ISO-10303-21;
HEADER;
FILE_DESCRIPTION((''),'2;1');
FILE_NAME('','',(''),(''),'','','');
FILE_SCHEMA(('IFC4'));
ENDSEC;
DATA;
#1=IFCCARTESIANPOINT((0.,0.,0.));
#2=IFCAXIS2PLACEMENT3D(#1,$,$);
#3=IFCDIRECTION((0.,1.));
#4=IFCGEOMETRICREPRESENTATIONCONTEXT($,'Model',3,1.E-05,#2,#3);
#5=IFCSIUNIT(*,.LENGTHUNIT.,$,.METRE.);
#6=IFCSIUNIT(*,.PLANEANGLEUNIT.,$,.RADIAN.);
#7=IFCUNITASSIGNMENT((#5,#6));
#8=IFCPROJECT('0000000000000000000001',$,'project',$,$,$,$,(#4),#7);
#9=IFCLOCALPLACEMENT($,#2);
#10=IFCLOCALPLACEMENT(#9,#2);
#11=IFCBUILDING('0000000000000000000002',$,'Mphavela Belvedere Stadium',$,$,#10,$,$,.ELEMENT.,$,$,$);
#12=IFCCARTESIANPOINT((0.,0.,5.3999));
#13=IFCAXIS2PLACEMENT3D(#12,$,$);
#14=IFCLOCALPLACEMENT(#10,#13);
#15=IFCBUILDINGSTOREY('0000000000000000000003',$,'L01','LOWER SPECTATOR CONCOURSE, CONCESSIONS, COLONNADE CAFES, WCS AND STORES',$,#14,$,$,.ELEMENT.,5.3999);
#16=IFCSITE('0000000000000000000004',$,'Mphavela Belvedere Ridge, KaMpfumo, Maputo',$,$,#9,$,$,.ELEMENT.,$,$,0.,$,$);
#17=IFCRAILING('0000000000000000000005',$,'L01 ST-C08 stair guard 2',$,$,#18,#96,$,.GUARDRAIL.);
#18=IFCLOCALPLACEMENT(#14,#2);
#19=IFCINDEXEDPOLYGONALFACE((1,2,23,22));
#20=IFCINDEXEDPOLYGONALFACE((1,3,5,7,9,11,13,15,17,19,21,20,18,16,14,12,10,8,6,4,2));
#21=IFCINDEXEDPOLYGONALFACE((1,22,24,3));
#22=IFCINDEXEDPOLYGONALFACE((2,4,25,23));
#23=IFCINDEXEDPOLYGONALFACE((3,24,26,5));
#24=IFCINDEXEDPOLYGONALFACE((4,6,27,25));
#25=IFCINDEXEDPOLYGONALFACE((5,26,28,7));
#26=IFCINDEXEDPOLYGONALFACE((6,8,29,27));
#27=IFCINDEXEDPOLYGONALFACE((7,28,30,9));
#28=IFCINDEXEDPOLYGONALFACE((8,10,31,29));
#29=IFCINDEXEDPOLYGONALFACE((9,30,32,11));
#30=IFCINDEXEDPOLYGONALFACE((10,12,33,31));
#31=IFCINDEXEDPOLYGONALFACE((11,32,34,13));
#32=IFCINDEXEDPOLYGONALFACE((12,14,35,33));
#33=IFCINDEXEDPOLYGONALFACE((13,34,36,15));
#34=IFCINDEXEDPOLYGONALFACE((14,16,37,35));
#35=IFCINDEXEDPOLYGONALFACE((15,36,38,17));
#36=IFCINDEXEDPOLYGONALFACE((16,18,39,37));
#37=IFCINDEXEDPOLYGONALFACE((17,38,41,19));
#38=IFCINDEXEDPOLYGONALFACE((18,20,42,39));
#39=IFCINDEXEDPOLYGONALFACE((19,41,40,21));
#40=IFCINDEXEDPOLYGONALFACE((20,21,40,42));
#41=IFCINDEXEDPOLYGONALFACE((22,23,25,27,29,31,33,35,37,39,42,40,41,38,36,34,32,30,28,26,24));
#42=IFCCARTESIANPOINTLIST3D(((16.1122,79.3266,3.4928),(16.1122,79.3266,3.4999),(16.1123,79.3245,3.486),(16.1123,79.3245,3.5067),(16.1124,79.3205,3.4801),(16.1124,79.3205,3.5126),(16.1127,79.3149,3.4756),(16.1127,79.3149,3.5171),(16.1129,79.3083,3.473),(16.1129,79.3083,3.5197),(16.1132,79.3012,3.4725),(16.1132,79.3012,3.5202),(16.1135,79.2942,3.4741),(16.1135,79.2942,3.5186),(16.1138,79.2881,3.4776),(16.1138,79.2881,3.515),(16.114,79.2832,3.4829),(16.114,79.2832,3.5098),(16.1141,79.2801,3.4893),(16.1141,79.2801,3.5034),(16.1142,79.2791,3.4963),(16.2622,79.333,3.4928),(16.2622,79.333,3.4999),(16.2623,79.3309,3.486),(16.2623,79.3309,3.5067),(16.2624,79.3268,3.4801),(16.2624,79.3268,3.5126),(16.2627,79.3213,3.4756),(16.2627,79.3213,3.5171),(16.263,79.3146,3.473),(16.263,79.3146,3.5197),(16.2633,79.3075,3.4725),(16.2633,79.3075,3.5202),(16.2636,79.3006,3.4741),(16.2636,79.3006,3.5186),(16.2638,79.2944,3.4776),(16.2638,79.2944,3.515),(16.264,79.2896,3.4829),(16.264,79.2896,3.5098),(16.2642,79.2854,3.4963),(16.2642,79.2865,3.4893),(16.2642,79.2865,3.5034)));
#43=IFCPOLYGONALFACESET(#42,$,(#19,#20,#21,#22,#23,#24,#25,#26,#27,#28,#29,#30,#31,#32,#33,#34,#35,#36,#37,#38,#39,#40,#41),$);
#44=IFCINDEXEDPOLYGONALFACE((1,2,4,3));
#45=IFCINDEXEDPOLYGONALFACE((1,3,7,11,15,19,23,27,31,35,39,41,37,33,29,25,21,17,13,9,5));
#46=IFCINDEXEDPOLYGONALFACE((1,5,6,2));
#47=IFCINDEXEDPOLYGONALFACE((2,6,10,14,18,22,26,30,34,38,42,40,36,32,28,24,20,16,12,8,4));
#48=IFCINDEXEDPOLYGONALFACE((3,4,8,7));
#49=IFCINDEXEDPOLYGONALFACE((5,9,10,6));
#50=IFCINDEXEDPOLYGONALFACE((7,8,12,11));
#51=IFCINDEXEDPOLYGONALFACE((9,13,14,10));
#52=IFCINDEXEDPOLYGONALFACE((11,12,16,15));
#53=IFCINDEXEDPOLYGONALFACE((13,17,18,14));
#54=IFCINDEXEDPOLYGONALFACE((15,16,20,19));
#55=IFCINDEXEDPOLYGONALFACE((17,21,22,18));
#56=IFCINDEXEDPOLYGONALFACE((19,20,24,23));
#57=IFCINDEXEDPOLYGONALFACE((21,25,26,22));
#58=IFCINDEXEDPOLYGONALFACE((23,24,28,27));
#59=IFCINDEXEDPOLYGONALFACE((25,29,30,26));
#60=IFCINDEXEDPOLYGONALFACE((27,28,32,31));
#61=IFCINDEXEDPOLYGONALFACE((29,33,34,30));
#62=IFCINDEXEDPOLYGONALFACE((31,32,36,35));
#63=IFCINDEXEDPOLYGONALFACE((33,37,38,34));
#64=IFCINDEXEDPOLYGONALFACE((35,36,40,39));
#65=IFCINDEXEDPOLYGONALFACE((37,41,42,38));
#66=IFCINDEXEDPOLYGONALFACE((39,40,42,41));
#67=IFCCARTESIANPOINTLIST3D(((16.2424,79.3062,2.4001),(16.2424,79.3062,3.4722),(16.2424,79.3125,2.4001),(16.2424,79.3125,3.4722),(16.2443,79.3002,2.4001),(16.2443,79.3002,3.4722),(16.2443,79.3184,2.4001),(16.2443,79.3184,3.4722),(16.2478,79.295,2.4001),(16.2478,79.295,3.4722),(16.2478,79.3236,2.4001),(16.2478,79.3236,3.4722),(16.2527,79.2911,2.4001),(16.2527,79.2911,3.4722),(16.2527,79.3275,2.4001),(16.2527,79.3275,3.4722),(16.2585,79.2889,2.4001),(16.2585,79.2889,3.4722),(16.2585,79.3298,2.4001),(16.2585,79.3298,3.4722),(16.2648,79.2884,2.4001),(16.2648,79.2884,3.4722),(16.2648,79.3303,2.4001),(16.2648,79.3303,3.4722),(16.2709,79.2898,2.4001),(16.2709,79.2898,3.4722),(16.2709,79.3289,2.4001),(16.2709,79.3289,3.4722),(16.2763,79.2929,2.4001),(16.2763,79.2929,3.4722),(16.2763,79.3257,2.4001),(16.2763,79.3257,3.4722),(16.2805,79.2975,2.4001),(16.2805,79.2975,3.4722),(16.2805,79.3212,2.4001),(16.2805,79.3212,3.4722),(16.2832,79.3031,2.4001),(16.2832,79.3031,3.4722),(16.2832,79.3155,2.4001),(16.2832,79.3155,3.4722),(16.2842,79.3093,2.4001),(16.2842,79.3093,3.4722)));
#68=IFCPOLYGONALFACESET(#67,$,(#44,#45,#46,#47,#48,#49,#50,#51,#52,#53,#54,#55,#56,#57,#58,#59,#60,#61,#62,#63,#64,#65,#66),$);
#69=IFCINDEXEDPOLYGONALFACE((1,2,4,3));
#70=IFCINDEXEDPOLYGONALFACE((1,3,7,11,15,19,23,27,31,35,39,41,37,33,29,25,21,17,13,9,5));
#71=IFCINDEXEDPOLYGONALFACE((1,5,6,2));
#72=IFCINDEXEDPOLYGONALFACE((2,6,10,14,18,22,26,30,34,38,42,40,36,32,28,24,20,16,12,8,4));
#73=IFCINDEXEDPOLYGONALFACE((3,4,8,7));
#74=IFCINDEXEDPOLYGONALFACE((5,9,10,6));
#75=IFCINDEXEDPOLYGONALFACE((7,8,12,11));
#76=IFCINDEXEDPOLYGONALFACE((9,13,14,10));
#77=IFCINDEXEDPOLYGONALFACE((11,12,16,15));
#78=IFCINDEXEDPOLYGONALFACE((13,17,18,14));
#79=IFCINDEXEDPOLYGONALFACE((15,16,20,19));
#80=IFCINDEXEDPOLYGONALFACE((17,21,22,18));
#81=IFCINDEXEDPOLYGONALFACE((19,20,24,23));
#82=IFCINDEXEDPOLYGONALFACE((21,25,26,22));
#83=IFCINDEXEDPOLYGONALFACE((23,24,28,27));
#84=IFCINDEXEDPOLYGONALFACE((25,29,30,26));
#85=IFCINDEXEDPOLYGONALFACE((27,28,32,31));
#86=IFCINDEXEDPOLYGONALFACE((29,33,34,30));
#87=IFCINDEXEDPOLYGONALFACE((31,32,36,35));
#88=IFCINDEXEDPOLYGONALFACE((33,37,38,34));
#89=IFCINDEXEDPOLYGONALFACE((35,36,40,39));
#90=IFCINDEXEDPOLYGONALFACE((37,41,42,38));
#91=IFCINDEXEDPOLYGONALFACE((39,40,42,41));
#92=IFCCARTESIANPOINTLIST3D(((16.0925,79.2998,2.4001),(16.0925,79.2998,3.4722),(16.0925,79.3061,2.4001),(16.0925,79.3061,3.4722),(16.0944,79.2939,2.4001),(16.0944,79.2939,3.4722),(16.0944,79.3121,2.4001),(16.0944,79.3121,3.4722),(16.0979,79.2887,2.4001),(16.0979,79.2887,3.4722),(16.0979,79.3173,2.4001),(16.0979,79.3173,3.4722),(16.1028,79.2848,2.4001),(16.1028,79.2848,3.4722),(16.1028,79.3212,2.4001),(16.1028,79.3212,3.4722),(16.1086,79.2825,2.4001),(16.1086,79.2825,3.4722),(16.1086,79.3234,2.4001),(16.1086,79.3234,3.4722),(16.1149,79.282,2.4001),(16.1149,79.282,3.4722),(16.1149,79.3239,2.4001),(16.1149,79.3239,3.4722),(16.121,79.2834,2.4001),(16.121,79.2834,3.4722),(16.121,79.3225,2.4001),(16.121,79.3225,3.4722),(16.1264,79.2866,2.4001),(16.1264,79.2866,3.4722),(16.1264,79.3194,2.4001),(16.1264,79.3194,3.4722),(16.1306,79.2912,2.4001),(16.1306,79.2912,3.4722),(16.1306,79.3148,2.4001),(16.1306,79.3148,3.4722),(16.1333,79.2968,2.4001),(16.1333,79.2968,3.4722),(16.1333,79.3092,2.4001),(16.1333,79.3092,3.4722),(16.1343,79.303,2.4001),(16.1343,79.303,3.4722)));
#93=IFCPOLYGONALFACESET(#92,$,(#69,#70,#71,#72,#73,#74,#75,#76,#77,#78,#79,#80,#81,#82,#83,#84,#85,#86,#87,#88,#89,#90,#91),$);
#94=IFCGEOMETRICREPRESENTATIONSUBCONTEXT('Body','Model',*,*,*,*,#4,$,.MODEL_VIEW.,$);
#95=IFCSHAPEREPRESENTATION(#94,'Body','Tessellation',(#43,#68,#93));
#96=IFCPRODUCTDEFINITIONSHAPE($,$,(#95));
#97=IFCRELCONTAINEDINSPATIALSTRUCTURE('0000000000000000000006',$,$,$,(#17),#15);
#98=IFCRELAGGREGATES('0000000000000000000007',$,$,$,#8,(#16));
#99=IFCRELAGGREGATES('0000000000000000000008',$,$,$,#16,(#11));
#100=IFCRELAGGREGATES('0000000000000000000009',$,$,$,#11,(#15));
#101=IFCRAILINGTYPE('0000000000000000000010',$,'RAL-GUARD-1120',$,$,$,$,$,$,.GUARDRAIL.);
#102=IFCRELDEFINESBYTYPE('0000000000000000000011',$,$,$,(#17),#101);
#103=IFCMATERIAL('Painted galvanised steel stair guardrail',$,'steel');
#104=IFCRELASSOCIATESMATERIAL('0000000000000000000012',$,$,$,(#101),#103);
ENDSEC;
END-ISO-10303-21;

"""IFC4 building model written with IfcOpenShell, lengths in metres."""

from ifc_helpers import new_model, si_unit, direction, frame, origin, origin_2d, place, context, subcontext, project, spatial, circle, extrude, material, type_object, element, save


model = new_model("IFC4")

# Units and contexts
model_context = context("Model", 3, precision=1e-05, world=origin(), true_north=direction((0.0, 1.0)))
body_context = subcontext(model_context, "Body", "Model", "MODEL_VIEW")
ifc_project = project(units=[si_unit("LENGTHUNIT", "METRE"), si_unit("PLANEANGLEUNIT", "RADIAN")], contexts=[model_context])

# Site, building, storey
site_placement = place(None, origin())
site = spatial("IfcSite", under=ifc_project, at=site_placement, Name="Mphavela Belvedere Ridge, KaMpfumo, Maputo", CompositionType="ELEMENT", RefElevation=0.0)
building_placement = place(site_placement, origin())
building = spatial("IfcBuilding", under=site, at=building_placement, Name="Mphavela Belvedere Stadium", CompositionType="ELEMENT")
storey_placement = place(building_placement, frame((0.0, 0.0, 5.3999)))
storey = spatial("IfcBuildingStorey", under=building, at=storey_placement, Name="L01", Description="LOWER SPECTATOR CONCOURSE, CONCESSIONS, COLONNADE CAFES, WCS AND STORES", CompositionType="ELEMENT", Elevation=5.3999)

# Railing
ifc_material_1 = material(Name="Painted galvanised steel stair guardrail", Category="steel")
railing_type_1 = type_object("IfcRailingType", Name="RAL-GUARD-1120", PredefinedType="GUARDRAIL", material=ifc_material_1)
railing_1_placement = place(storey_placement, frame((16.2632, 79.3093, 2.4001)))
element("IfcRailing", 1, at=railing_1_placement, inside=storey, type_object=railing_type_1, Name="L01 ST-C08 stair guard 2", PredefinedType="GUARDRAIL", context=body_context, shape_type="SweptSolid", body=[
    extrude(circle(Radius=0.0239, at=origin_2d()), frame((0.0, 0.0, 1.0962), z_axis=(-0.999105, -0.042307, 0.0), x_axis=(0.042307, -0.999105, 0.0)), (0.0, 0.0, 1.0), 0.1501),
    extrude(circle(Radius=0.021, at=origin_2d()), origin(), (0.0, 0.0, 1.0), 1.072),
    extrude(circle(Radius=0.021, at=origin_2d()), frame((-0.1499, -0.0063, 0.0)), (0.0, 0.0, 1.0), 1.072),
])

save(model, "model.ifc")
